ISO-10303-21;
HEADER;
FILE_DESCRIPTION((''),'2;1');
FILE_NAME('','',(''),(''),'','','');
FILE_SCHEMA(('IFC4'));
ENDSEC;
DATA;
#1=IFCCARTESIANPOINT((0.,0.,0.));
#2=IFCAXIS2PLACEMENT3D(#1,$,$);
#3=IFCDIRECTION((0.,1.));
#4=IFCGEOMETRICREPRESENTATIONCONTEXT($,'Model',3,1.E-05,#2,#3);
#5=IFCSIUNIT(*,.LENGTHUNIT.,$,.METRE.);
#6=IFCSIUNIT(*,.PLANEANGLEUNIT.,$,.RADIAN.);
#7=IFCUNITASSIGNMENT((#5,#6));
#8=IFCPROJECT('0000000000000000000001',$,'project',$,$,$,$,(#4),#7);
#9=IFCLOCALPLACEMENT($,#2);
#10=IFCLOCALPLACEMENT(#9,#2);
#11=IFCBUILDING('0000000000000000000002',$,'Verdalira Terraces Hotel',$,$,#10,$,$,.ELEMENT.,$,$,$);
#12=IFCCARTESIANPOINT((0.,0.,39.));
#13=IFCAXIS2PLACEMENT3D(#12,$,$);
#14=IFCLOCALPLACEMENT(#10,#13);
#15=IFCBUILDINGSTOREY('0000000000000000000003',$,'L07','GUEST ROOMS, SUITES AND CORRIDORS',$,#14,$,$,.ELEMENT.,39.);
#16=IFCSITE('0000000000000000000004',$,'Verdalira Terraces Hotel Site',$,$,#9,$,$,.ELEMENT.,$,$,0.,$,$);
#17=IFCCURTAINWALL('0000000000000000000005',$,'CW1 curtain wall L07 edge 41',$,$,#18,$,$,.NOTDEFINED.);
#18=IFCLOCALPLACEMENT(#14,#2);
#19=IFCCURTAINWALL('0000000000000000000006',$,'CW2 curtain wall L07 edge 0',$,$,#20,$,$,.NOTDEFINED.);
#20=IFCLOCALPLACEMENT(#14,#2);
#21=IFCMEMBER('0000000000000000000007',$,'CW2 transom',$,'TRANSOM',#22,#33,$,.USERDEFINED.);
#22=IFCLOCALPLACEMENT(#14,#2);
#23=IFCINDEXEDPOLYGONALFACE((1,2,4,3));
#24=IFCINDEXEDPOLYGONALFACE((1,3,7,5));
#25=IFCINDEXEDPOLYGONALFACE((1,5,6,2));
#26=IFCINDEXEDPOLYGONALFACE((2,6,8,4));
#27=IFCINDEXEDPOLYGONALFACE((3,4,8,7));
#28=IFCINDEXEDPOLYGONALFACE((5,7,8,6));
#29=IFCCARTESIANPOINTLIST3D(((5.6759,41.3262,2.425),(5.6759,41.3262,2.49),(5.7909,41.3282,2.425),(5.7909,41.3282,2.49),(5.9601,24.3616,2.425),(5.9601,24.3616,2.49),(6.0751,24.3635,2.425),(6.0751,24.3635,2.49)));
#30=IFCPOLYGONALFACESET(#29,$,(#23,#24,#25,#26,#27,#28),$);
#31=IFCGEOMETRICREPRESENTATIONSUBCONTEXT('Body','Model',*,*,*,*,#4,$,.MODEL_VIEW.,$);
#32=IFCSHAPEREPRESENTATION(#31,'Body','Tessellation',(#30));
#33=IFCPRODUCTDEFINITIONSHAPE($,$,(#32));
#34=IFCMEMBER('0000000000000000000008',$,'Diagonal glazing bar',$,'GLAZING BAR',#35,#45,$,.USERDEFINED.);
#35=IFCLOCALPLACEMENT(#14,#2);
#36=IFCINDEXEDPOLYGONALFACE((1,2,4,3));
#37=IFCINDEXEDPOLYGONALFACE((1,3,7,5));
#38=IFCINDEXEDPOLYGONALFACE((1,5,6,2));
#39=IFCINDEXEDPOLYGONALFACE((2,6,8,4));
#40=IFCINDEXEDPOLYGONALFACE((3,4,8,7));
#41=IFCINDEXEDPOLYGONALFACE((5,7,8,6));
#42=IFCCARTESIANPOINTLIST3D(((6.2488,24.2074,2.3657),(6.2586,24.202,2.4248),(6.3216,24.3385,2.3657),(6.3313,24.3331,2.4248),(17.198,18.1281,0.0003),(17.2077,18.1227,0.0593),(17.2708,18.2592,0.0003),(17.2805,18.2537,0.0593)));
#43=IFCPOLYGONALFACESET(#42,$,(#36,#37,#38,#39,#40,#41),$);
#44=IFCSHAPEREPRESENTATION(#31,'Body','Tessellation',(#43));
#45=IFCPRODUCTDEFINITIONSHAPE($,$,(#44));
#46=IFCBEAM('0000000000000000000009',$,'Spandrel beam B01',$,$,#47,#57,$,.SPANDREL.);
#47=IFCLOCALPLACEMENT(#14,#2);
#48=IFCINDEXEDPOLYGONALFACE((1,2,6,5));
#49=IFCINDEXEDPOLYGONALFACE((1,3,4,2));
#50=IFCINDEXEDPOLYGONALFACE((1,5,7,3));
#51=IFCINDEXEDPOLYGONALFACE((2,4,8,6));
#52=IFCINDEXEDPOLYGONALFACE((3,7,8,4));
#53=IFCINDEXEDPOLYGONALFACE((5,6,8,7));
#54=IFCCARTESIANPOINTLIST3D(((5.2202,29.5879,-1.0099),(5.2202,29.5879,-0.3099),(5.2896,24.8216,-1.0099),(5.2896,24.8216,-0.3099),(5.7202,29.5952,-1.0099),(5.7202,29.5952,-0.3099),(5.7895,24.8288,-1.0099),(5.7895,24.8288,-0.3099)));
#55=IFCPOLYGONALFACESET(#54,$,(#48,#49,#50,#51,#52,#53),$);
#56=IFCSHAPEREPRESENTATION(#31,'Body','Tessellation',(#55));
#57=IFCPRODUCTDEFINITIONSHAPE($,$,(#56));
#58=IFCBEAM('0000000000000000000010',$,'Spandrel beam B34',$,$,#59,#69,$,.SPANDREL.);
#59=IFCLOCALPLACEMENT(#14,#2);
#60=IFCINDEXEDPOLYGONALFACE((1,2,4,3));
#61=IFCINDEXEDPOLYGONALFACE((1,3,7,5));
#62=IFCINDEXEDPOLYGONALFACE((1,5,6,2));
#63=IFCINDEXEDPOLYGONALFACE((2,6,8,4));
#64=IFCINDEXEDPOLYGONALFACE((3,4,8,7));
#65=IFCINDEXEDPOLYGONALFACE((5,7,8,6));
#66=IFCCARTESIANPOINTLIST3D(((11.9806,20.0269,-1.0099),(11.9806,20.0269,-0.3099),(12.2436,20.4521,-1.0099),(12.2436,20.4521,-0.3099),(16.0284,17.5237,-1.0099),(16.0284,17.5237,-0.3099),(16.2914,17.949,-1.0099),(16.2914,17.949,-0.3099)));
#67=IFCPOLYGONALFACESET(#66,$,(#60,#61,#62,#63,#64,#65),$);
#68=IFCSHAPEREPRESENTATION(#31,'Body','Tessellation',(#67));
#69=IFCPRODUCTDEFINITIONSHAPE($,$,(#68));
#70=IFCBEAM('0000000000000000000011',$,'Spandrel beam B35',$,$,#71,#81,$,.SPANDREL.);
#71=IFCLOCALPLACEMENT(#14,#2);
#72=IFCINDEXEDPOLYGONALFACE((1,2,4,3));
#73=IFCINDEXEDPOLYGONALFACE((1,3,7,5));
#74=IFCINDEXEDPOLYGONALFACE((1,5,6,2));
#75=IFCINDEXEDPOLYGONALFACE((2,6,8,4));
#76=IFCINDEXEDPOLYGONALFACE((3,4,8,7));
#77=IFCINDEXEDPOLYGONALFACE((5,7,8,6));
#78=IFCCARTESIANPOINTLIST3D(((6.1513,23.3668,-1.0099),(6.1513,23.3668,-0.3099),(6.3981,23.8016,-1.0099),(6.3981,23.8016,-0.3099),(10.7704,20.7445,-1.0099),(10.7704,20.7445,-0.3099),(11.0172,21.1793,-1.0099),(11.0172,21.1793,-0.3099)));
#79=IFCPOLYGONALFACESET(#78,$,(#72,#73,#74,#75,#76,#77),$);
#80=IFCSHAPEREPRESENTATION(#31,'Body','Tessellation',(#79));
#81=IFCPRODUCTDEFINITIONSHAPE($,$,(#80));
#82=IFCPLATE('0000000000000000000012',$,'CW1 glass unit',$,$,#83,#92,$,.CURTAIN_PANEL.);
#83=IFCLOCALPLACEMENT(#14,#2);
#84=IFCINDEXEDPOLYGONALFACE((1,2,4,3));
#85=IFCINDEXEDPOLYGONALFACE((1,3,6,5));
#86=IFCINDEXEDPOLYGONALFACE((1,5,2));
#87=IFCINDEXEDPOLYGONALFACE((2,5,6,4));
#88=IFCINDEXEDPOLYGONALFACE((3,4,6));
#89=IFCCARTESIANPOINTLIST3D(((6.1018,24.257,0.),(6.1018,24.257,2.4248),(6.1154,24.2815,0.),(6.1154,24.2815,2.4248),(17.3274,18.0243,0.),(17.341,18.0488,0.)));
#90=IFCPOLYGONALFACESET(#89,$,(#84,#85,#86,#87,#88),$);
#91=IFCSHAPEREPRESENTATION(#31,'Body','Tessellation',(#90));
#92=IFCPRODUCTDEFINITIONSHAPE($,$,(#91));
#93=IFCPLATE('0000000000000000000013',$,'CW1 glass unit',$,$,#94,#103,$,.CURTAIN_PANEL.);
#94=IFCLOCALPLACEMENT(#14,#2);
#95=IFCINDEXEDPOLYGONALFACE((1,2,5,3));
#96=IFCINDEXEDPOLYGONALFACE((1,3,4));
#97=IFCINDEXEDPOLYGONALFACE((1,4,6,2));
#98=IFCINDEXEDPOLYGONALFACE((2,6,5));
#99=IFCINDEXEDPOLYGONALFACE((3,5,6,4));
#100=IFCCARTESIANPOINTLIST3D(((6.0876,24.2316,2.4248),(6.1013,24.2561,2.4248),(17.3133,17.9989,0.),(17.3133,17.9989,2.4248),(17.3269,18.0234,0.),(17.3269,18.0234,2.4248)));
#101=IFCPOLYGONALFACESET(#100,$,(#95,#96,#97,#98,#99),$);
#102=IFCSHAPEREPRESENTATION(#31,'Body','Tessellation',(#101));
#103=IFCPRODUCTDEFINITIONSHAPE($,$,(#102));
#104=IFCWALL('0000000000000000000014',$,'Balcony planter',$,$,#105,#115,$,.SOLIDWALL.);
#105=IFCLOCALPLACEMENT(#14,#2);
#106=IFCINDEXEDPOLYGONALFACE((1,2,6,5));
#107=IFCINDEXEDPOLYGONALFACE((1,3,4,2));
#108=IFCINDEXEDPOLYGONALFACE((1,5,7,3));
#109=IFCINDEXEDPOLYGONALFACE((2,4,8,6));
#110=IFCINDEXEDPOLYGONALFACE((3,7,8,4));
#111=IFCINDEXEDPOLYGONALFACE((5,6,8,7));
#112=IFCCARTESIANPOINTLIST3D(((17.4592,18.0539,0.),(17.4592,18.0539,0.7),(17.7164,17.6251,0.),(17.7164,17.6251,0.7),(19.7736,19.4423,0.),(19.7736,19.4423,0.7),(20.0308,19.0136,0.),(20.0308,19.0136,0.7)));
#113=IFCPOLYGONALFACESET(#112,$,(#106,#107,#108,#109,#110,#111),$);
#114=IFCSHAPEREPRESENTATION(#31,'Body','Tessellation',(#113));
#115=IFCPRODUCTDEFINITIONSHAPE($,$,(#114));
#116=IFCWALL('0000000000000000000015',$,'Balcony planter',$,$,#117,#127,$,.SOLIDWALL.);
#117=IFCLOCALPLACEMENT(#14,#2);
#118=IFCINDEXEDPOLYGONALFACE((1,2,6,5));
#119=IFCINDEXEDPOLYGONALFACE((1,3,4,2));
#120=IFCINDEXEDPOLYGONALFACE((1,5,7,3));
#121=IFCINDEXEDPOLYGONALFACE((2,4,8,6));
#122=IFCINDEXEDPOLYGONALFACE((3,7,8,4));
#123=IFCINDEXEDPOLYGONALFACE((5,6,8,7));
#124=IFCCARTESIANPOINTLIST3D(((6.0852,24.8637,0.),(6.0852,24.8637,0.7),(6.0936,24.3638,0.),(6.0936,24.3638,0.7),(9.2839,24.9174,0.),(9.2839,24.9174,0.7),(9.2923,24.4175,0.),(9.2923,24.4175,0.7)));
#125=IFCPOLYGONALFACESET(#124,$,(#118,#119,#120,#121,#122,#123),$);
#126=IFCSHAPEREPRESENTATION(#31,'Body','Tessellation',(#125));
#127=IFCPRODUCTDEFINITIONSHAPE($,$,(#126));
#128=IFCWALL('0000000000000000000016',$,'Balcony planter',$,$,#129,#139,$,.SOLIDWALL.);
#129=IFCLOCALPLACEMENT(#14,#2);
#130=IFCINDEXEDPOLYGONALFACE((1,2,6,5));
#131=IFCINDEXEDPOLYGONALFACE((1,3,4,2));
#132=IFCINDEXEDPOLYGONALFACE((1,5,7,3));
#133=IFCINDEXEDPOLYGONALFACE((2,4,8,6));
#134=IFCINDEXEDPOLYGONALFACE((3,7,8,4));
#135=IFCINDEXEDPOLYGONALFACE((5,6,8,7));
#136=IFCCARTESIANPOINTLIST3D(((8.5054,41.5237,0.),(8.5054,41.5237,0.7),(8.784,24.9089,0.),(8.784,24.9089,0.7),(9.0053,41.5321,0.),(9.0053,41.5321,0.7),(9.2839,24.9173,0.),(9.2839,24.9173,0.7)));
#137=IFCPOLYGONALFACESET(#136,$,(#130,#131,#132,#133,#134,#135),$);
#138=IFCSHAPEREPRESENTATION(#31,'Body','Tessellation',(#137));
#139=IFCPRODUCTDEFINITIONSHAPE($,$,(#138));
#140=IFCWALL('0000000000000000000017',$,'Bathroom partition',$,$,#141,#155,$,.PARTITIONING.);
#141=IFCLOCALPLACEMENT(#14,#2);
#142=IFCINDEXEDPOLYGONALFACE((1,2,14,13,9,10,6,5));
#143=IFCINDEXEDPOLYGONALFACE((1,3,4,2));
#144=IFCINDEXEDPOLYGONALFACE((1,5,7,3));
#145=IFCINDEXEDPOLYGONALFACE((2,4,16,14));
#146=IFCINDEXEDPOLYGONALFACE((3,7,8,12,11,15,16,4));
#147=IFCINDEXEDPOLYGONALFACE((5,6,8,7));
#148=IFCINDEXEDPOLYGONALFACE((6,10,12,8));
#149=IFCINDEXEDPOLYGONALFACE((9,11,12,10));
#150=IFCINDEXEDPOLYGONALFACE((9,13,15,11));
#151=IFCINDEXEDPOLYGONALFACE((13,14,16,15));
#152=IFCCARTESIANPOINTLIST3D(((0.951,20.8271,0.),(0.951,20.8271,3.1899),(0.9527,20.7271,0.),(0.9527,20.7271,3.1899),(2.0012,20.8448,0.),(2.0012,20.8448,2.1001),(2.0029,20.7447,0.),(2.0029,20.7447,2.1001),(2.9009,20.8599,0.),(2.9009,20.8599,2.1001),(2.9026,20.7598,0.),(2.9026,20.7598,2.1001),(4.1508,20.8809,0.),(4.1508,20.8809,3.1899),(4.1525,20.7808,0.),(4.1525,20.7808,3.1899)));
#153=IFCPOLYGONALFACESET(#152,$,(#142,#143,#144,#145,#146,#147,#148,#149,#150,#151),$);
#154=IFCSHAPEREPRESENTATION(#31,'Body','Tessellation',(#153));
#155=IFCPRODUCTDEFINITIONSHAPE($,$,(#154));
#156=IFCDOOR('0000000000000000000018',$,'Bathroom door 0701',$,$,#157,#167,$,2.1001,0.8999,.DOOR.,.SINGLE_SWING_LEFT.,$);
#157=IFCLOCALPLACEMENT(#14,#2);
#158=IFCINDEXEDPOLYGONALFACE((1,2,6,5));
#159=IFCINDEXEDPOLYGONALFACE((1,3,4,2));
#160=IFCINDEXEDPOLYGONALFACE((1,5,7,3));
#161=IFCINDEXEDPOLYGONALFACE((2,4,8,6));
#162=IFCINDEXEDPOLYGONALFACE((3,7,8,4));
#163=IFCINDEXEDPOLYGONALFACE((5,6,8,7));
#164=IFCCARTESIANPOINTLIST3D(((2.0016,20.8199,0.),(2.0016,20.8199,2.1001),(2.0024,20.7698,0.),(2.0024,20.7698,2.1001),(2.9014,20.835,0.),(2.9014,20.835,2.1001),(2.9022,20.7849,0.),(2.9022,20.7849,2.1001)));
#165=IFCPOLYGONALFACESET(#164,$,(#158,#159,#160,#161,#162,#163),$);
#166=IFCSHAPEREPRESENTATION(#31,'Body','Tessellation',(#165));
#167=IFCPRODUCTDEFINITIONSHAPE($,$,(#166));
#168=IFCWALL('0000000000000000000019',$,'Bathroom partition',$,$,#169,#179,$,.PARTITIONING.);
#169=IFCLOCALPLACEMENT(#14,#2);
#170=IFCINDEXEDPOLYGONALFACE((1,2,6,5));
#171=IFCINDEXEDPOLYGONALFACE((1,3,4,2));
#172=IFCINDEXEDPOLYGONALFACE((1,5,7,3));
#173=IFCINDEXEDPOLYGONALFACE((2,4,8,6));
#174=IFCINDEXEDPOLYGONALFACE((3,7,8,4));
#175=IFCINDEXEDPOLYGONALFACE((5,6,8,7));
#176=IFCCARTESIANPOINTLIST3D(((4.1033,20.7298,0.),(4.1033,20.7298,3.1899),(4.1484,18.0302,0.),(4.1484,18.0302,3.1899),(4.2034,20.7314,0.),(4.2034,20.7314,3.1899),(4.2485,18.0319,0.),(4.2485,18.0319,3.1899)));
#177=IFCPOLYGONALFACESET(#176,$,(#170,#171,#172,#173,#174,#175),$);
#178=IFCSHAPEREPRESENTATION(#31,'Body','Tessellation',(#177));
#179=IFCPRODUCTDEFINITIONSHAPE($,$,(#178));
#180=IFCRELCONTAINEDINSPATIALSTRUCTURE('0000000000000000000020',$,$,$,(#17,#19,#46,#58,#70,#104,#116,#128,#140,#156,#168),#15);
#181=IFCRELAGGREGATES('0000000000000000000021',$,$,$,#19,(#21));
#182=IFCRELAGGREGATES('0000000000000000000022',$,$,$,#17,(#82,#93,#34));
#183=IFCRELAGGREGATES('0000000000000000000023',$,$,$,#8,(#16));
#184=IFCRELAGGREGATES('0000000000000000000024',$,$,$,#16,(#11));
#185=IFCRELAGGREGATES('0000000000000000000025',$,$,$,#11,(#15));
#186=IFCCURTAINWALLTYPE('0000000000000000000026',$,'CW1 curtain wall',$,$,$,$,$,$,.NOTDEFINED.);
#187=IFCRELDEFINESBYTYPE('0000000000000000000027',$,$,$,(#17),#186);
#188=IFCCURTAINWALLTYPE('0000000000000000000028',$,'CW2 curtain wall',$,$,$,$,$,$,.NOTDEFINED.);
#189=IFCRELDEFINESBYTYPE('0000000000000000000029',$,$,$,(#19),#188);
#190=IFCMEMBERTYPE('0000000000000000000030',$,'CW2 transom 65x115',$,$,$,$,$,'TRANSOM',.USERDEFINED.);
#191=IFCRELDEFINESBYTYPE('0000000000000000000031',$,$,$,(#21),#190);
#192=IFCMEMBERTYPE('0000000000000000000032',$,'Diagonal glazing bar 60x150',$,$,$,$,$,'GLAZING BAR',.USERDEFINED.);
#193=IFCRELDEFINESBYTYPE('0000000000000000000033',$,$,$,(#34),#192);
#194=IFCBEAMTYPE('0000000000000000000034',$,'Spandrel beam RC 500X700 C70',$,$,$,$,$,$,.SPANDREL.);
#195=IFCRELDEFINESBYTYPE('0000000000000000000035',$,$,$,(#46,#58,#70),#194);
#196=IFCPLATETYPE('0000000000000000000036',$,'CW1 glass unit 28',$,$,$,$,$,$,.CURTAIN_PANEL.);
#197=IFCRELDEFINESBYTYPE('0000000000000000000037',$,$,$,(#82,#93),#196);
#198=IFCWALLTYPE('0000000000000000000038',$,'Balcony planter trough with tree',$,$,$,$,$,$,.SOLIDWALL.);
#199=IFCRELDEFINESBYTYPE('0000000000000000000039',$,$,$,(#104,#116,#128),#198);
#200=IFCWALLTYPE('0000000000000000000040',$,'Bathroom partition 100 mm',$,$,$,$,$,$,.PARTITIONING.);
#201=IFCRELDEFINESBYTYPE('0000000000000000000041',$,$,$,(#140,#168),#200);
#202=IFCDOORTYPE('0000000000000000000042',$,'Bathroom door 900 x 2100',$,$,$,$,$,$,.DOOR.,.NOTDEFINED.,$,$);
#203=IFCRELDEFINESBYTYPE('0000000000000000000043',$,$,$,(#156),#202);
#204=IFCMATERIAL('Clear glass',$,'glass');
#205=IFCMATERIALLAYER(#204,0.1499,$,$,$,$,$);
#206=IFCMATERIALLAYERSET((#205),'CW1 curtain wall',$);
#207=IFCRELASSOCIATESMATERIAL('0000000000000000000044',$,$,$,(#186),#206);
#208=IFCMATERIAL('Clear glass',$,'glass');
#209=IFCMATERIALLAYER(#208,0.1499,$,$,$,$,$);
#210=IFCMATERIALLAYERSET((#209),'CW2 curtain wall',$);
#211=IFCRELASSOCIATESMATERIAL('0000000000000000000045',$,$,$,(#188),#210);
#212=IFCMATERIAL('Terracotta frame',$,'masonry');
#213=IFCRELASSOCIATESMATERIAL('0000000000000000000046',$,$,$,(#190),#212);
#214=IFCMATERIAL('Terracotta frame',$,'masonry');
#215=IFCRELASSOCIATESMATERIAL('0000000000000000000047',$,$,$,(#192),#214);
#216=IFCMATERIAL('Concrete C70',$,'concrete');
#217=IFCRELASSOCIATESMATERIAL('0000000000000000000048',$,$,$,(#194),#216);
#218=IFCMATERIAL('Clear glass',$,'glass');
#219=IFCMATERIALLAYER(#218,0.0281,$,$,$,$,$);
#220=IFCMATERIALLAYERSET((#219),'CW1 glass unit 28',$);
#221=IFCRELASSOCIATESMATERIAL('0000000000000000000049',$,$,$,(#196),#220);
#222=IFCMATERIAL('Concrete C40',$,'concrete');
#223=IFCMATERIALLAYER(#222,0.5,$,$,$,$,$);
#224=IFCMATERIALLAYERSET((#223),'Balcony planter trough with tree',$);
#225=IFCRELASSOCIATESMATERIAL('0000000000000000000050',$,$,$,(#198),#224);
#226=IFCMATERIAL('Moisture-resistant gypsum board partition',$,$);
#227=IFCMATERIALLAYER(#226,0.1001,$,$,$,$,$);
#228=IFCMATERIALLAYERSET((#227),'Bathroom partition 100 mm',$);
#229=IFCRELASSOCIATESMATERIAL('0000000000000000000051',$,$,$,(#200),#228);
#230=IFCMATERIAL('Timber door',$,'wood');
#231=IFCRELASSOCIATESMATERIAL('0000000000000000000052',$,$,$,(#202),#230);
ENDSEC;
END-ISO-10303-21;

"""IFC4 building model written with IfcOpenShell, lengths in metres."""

from ifc_helpers import new_model, si_unit, direction, frame, frame_2d, origin, origin_2d, place, context, subcontext, project, spatial, polyline, rectangle, outline, extrude, material, layer, layer_set, material_profile, profile_set, type_object, element, fill, aggregate, save


model = new_model("IFC4")

# Units and contexts
model_context = context("Model", 3, precision=1e-05, world=origin(), true_north=direction((0.0, 1.0)))
body_context = subcontext(model_context, "Body", "Model", "MODEL_VIEW")
ifc_project = project(units=[si_unit("LENGTHUNIT", "METRE"), si_unit("PLANEANGLEUNIT", "RADIAN")], contexts=[model_context])

# Site, building, storey
site_placement = place(None, origin())
site = spatial("IfcSite", under=ifc_project, at=site_placement, Name="Verdalira Terraces Hotel Site", CompositionType="ELEMENT", RefElevation=0.0)
building_placement = place(site_placement, origin())
building = spatial("IfcBuilding", under=site, at=building_placement, Name="Verdalira Terraces Hotel", CompositionType="ELEMENT")
storey_placement = place(building_placement, frame((0.0, 0.0, 39.0)))
storey = spatial("IfcBuildingStorey", under=building, at=storey_placement, Name="L07", Description="GUEST ROOMS, SUITES AND CORRIDORS", CompositionType="ELEMENT", Elevation=39.0)

# Shared definitions
ifc_material_1 = material(Name="Clear glass", Category="glass")
ifc_layer_1 = layer(ifc_material_1, 0.1499)
ifc_layer_set_1 = layer_set([ifc_layer_1], Name="CW1 curtain wall")
curtain_wall_type_1 = type_object("IfcCurtainWallType", Name="CW1 curtain wall", PredefinedType="NOTDEFINED", material=ifc_layer_set_1)

# Curtain walls, member
curtain_wall_1_placement = place(storey_placement, origin())
curtain_wall_1 = element("IfcCurtainWall", 1, at=curtain_wall_1_placement, inside=storey, type_object=curtain_wall_type_1, Name="CW1 curtain wall L07 edge 41", PredefinedType="NOTDEFINED")
ifc_material_2 = material(Name="Clear glass", Category="glass")
ifc_layer_2 = layer(ifc_material_2, 0.1499)
ifc_layer_set_2 = layer_set([ifc_layer_2], Name="CW2 curtain wall")
curtain_wall_type_2 = type_object("IfcCurtainWallType", Name="CW2 curtain wall", PredefinedType="NOTDEFINED", material=ifc_layer_set_2)
curtain_wall_2_placement = place(storey_placement, origin())
curtain_wall_2 = element("IfcCurtainWall", 2, at=curtain_wall_2_placement, inside=storey, type_object=curtain_wall_type_2, Name="CW2 curtain wall L07 edge 0", PredefinedType="NOTDEFINED")
ifc_material_3 = material(Name="Terracotta frame", Category="masonry")
ifc_material_profile_1 = material_profile(ifc_material_3, rectangle(XDim=0.115, YDim=0.0649, at=origin_2d()), Name="TR 65x115")
ifc_profile_set_1 = profile_set([ifc_material_profile_1], Name="Terracotta frame")
member_type_1 = type_object("IfcMemberType", Name="CW2 transom 65x115", ElementType="TRANSOM", PredefinedType="USERDEFINED", material=ifc_profile_set_1)
member_1_placement = place(storey_placement, frame((6.0176, 24.3625, 2.4575), z_axis=(-0.016749, 0.99986, 0.0), x_axis=(-0.99986, -0.016749, 0.0)))
member_1 = element("IfcMember", 3, at=member_1_placement, type_object=member_type_1, Name="CW2 transom", ObjectType="TRANSOM", PredefinedType="USERDEFINED", context=body_context, shape_type="SweptSolid", body=[
    extrude(rectangle(XDim=0.115, YDim=0.0649, at=origin_2d()), origin(), (0.0, 0.0, 1.0), 16.967),
])
aggregate(curtain_wall_2, [member_1])

# Member
ifc_material_4 = material(Name="Terracotta frame", Category="masonry")
ifc_material_profile_2 = material_profile(ifc_material_4, rectangle(XDim=0.1499, YDim=0.0601, at=origin_2d()), Name="GB 60x150")
ifc_profile_set_2 = profile_set([ifc_material_profile_2], Name="Terracotta frame")
member_type_2 = type_object("IfcMemberType", Name="Diagonal glazing bar 60x150", ElementType="GLAZING BAR", PredefinedType="USERDEFINED", material=ifc_profile_set_2)
member_2_placement = place(storey_placement, frame((17.2393, 18.1909, 0.0298), z_axis=(-0.859088, 0.476992, 0.185598), x_axis=(-0.485426, -0.874278, 0.0)))
member_2 = element("IfcMember", 4, at=member_2_placement, type_object=member_type_2, Name="Diagonal glazing bar", ObjectType="GLAZING BAR", PredefinedType="USERDEFINED", context=body_context, shape_type="SweptSolid", body=[
    extrude(rectangle(XDim=0.1499, YDim=0.0601, at=origin_2d()), origin(), (0.0, 0.0, 1.0), 12.7451),
])

# Beams
ifc_material_5 = material(Name="Concrete C70", Category="concrete")
ifc_material_profile_3 = material_profile(ifc_material_5, rectangle(XDim=0.5, YDim=0.7, at=origin_2d()), Name="RC 500X700")
ifc_profile_set_3 = profile_set([ifc_material_profile_3], Name="Concrete C70")
beam_type_1 = type_object("IfcBeamType", Name="Spandrel beam RC 500X700 C70", PredefinedType="SPANDREL", material=ifc_profile_set_3)
beam_1_placement = place(storey_placement, frame((5.5396, 24.8252, -0.6599), z_axis=(-0.014545, 0.999894, 0.0), x_axis=(-0.999894, -0.014545, 0.0)))
element("IfcBeam", 5, at=beam_1_placement, inside=storey, type_object=beam_type_1, Name="Spandrel beam B01", PredefinedType="SPANDREL", context=body_context, shape_type="SweptSolid", body=[
    extrude(rectangle(XDim=0.5, YDim=0.7, at=origin_2d()), origin(), (0.0, 0.0, 1.0), 4.7668),
])
beam_2_placement = place(storey_placement, frame((16.1599, 17.7363, -0.6599), z_axis=(-0.850513, 0.525954, 0.0), x_axis=(-0.525954, -0.850513, 0.0)))
element("IfcBeam", 6, at=beam_2_placement, inside=storey, type_object=beam_type_1, Name="Spandrel beam B34", PredefinedType="SPANDREL", context=body_context, shape_type="SweptSolid", body=[
    extrude(rectangle(XDim=0.5, YDim=0.7, at=origin_2d()), origin(), (0.0, 0.0, 1.0), 4.7593),
])
beam_3_placement = place(storey_placement, frame((10.8938, 20.9619, -0.6599), z_axis=(-0.869634, 0.493697, 0.0), x_axis=(-0.493697, -0.869634, 0.0)))
element("IfcBeam", 7, at=beam_3_placement, inside=storey, type_object=beam_type_1, Name="Spandrel beam B35", PredefinedType="SPANDREL", context=body_context, shape_type="SweptSolid", body=[
    extrude(rectangle(XDim=0.5, YDim=0.7, at=origin_2d()), origin(), (0.0, 0.0, 1.0), 5.3115),
])

# Plates
ifc_material_6 = material(Name="Clear glass", Category="glass")
ifc_layer_3 = layer(ifc_material_6, 0.0281)
ifc_layer_set_3 = layer_set([ifc_layer_3], Name="CW1 glass unit 28")
plate_type = type_object("IfcPlateType", Name="CW1 glass unit 28", PredefinedType="CURTAIN_PANEL", material=ifc_layer_set_3)
plate_1_placement = place(storey_placement, frame((11.7146, 21.1406, 1.2124), z_axis=(0.48542, 0.874281, 0.0), x_axis=(-0.874281, 0.48542, 0.0)))
plate_1 = element("IfcPlate", 8, at=plate_1_placement, type_object=plate_type, Name="CW1 glass unit", PredefinedType="CURTAIN_PANEL", context=body_context, shape_type="SweptSolid", body=[
    extrude(outline(polyline([(-6.4199, -1.2124), (6.4199, -1.2124), (6.4199, 1.2124), (-6.4199, -1.2124)])), origin(), (0.0, 0.0, 1.0), 0.0281),
])
plate_2_placement = place(storey_placement, frame((11.7004, 21.1152, 1.2124), z_axis=(0.48542, 0.874281, 0.0), x_axis=(-0.874281, 0.48542, 0.0)))
plate_2 = element("IfcPlate", 9, at=plate_2_placement, type_object=plate_type, Name="CW1 glass unit", PredefinedType="CURTAIN_PANEL", context=body_context, shape_type="SweptSolid", body=[
    extrude(outline(polyline([(-6.4199, -1.2124), (6.4199, 1.2124), (-6.4199, 1.2124), (-6.4199, -1.2124)])), origin(), (0.0, 0.0, 1.0), 0.0281),
])
aggregate(curtain_wall_1, [plate_1, plate_2, member_2])

# Walls
ifc_material_7 = material(Name="Concrete C40", Category="concrete")
ifc_layer_4 = layer(ifc_material_7, 0.5)
ifc_layer_set_4 = layer_set([ifc_layer_4], Name="Balcony planter trough with tree")
wall_type_1 = type_object("IfcWallType", Name="Balcony planter trough with tree", PredefinedType="SOLIDWALL", material=ifc_layer_set_4)
wall_1_placement = place(storey_placement, frame((19.9023, 19.228, 0.0), z_axis=(0.0, 0.0, 1.0), x_axis=(-0.857533, -0.514429, 0.0)))
element("IfcWall", 10, at=wall_1_placement, inside=storey, type_object=wall_type_1, Name="Balcony planter", PredefinedType="SOLIDWALL", context=body_context, shape_type="SweptSolid", body=[
    extrude(rectangle(XDim=2.699, YDim=0.5, at=frame_2d((1.3496, 0.0))), origin(), (0.0, 0.0, 1.0), 0.7),
])
wall_2_placement = place(storey_placement, frame((6.0894, 24.6138, 0.0), z_axis=(0.0, 0.0, 1.0), x_axis=(0.999859, 0.016789, 0.0)))
element("IfcWall", 11, at=wall_2_placement, inside=storey, type_object=wall_type_1, Name="Balcony planter", PredefinedType="SOLIDWALL", context=body_context, shape_type="SweptSolid", body=[
    extrude(rectangle(XDim=3.1992, YDim=0.5, at=frame_2d((1.5996, 0.0))), origin(), (0.0, 0.0, 1.0), 0.7),
])
wall_3_placement = place(storey_placement, frame((9.0339, 24.9131, 0.0), z_axis=(0.0, 0.0, 1.0), x_axis=(-0.016764, 0.999859, 0.0)))
element("IfcWall", 12, at=wall_3_placement, inside=storey, type_object=wall_type_1, Name="Balcony planter", PredefinedType="SOLIDWALL", context=body_context, shape_type="SweptSolid", body=[
    extrude(rectangle(XDim=16.6172, YDim=0.5, at=frame_2d((8.3086, 0.0))), origin(), (0.0, 0.0, 1.0), 0.7),
])

# Wall, opening, door
ifc_material_8 = material(Name="Moisture-resistant gypsum board partition")
ifc_layer_5 = layer(ifc_material_8, 0.1001)
ifc_layer_set_5 = layer_set([ifc_layer_5], Name="Bathroom partition 100 mm")
wall_type_2 = type_object("IfcWallType", Name="Bathroom partition 100 mm", PredefinedType="PARTITIONING", material=ifc_layer_set_5)
wall_4_placement = place(storey_placement, frame((4.1516, 20.8308, 0.0), z_axis=(0.0, 0.0, 1.0), x_axis=(-0.999859, -0.016784, 0.0)))
wall_4 = element("IfcWall", 13, at=wall_4_placement, inside=storey, type_object=wall_type_2, Name="Bathroom partition", PredefinedType="PARTITIONING", context=body_context, shape_type="SweptSolid", body=[
    extrude(rectangle(XDim=3.2002, YDim=0.1001, at=frame_2d((1.6001, 0.0))), origin(), (0.0, 0.0, 1.0), 3.1899),
])
opening_1_placement = place(wall_4_placement, frame((1.25, 0.0, 0.0)))
opening_1 = element("IfcOpeningElement", 14, at=opening_1_placement, cuts=wall_4, PredefinedType="OPENING", context=body_context, shape_type="SweptSolid", body=[
    extrude(rectangle(XDim=0.8999, YDim=2.1001, at=frame_2d((0.45, 1.05))), frame((0.0, 0.0601, 0.0), z_axis=(0.0, -1.0, 0.0), x_axis=(1.0, 0.0, 0.0)), (0.0, 0.0, 1.0), 0.1201),
])
ifc_material_9 = material(Name="Timber door", Category="wood")
door_type_1 = type_object("IfcDoorType", Name="Bathroom door 900 x 2100", OperationType="NOTDEFINED", PredefinedType="DOOR", material=ifc_material_9)
door_1_placement = place(opening_1_placement, origin())
door_1 = element("IfcDoor", 15, at=door_1_placement, inside=storey, type_object=door_type_1, Name="Bathroom door 0701", OperationType="SINGLE_SWING_LEFT", OverallHeight=2.1001, OverallWidth=0.8999, PredefinedType="DOOR", context=body_context, shape_type="SweptSolid", body=[
    extrude(rectangle(XDim=0.8999, YDim=2.1001, at=frame_2d((0.45, 1.05))), frame((0.0, 0.0249, 0.0), z_axis=(0.0, -1.0, 0.0), x_axis=(1.0, 0.0, 0.0)), (0.0, 0.0, 1.0), 0.05),
])
fill(opening_1, door_1)

# Wall
wall_5_placement = place(storey_placement, frame((4.1533, 20.7307, 0.0), z_axis=(0.0, 0.0, 1.0), x_axis=(0.016729, -0.99986, 0.0)))
element("IfcWall", 16, at=wall_5_placement, inside=storey, type_object=wall_type_2, Name="Bathroom partition", PredefinedType="PARTITIONING", context=body_context, shape_type="SweptSolid", body=[
    extrude(rectangle(XDim=2.7, YDim=0.1001, at=frame_2d((1.3501, 0.0))), origin(), (0.0, 0.0, 1.0), 3.1899),
])

save(model, "model.ifc")
